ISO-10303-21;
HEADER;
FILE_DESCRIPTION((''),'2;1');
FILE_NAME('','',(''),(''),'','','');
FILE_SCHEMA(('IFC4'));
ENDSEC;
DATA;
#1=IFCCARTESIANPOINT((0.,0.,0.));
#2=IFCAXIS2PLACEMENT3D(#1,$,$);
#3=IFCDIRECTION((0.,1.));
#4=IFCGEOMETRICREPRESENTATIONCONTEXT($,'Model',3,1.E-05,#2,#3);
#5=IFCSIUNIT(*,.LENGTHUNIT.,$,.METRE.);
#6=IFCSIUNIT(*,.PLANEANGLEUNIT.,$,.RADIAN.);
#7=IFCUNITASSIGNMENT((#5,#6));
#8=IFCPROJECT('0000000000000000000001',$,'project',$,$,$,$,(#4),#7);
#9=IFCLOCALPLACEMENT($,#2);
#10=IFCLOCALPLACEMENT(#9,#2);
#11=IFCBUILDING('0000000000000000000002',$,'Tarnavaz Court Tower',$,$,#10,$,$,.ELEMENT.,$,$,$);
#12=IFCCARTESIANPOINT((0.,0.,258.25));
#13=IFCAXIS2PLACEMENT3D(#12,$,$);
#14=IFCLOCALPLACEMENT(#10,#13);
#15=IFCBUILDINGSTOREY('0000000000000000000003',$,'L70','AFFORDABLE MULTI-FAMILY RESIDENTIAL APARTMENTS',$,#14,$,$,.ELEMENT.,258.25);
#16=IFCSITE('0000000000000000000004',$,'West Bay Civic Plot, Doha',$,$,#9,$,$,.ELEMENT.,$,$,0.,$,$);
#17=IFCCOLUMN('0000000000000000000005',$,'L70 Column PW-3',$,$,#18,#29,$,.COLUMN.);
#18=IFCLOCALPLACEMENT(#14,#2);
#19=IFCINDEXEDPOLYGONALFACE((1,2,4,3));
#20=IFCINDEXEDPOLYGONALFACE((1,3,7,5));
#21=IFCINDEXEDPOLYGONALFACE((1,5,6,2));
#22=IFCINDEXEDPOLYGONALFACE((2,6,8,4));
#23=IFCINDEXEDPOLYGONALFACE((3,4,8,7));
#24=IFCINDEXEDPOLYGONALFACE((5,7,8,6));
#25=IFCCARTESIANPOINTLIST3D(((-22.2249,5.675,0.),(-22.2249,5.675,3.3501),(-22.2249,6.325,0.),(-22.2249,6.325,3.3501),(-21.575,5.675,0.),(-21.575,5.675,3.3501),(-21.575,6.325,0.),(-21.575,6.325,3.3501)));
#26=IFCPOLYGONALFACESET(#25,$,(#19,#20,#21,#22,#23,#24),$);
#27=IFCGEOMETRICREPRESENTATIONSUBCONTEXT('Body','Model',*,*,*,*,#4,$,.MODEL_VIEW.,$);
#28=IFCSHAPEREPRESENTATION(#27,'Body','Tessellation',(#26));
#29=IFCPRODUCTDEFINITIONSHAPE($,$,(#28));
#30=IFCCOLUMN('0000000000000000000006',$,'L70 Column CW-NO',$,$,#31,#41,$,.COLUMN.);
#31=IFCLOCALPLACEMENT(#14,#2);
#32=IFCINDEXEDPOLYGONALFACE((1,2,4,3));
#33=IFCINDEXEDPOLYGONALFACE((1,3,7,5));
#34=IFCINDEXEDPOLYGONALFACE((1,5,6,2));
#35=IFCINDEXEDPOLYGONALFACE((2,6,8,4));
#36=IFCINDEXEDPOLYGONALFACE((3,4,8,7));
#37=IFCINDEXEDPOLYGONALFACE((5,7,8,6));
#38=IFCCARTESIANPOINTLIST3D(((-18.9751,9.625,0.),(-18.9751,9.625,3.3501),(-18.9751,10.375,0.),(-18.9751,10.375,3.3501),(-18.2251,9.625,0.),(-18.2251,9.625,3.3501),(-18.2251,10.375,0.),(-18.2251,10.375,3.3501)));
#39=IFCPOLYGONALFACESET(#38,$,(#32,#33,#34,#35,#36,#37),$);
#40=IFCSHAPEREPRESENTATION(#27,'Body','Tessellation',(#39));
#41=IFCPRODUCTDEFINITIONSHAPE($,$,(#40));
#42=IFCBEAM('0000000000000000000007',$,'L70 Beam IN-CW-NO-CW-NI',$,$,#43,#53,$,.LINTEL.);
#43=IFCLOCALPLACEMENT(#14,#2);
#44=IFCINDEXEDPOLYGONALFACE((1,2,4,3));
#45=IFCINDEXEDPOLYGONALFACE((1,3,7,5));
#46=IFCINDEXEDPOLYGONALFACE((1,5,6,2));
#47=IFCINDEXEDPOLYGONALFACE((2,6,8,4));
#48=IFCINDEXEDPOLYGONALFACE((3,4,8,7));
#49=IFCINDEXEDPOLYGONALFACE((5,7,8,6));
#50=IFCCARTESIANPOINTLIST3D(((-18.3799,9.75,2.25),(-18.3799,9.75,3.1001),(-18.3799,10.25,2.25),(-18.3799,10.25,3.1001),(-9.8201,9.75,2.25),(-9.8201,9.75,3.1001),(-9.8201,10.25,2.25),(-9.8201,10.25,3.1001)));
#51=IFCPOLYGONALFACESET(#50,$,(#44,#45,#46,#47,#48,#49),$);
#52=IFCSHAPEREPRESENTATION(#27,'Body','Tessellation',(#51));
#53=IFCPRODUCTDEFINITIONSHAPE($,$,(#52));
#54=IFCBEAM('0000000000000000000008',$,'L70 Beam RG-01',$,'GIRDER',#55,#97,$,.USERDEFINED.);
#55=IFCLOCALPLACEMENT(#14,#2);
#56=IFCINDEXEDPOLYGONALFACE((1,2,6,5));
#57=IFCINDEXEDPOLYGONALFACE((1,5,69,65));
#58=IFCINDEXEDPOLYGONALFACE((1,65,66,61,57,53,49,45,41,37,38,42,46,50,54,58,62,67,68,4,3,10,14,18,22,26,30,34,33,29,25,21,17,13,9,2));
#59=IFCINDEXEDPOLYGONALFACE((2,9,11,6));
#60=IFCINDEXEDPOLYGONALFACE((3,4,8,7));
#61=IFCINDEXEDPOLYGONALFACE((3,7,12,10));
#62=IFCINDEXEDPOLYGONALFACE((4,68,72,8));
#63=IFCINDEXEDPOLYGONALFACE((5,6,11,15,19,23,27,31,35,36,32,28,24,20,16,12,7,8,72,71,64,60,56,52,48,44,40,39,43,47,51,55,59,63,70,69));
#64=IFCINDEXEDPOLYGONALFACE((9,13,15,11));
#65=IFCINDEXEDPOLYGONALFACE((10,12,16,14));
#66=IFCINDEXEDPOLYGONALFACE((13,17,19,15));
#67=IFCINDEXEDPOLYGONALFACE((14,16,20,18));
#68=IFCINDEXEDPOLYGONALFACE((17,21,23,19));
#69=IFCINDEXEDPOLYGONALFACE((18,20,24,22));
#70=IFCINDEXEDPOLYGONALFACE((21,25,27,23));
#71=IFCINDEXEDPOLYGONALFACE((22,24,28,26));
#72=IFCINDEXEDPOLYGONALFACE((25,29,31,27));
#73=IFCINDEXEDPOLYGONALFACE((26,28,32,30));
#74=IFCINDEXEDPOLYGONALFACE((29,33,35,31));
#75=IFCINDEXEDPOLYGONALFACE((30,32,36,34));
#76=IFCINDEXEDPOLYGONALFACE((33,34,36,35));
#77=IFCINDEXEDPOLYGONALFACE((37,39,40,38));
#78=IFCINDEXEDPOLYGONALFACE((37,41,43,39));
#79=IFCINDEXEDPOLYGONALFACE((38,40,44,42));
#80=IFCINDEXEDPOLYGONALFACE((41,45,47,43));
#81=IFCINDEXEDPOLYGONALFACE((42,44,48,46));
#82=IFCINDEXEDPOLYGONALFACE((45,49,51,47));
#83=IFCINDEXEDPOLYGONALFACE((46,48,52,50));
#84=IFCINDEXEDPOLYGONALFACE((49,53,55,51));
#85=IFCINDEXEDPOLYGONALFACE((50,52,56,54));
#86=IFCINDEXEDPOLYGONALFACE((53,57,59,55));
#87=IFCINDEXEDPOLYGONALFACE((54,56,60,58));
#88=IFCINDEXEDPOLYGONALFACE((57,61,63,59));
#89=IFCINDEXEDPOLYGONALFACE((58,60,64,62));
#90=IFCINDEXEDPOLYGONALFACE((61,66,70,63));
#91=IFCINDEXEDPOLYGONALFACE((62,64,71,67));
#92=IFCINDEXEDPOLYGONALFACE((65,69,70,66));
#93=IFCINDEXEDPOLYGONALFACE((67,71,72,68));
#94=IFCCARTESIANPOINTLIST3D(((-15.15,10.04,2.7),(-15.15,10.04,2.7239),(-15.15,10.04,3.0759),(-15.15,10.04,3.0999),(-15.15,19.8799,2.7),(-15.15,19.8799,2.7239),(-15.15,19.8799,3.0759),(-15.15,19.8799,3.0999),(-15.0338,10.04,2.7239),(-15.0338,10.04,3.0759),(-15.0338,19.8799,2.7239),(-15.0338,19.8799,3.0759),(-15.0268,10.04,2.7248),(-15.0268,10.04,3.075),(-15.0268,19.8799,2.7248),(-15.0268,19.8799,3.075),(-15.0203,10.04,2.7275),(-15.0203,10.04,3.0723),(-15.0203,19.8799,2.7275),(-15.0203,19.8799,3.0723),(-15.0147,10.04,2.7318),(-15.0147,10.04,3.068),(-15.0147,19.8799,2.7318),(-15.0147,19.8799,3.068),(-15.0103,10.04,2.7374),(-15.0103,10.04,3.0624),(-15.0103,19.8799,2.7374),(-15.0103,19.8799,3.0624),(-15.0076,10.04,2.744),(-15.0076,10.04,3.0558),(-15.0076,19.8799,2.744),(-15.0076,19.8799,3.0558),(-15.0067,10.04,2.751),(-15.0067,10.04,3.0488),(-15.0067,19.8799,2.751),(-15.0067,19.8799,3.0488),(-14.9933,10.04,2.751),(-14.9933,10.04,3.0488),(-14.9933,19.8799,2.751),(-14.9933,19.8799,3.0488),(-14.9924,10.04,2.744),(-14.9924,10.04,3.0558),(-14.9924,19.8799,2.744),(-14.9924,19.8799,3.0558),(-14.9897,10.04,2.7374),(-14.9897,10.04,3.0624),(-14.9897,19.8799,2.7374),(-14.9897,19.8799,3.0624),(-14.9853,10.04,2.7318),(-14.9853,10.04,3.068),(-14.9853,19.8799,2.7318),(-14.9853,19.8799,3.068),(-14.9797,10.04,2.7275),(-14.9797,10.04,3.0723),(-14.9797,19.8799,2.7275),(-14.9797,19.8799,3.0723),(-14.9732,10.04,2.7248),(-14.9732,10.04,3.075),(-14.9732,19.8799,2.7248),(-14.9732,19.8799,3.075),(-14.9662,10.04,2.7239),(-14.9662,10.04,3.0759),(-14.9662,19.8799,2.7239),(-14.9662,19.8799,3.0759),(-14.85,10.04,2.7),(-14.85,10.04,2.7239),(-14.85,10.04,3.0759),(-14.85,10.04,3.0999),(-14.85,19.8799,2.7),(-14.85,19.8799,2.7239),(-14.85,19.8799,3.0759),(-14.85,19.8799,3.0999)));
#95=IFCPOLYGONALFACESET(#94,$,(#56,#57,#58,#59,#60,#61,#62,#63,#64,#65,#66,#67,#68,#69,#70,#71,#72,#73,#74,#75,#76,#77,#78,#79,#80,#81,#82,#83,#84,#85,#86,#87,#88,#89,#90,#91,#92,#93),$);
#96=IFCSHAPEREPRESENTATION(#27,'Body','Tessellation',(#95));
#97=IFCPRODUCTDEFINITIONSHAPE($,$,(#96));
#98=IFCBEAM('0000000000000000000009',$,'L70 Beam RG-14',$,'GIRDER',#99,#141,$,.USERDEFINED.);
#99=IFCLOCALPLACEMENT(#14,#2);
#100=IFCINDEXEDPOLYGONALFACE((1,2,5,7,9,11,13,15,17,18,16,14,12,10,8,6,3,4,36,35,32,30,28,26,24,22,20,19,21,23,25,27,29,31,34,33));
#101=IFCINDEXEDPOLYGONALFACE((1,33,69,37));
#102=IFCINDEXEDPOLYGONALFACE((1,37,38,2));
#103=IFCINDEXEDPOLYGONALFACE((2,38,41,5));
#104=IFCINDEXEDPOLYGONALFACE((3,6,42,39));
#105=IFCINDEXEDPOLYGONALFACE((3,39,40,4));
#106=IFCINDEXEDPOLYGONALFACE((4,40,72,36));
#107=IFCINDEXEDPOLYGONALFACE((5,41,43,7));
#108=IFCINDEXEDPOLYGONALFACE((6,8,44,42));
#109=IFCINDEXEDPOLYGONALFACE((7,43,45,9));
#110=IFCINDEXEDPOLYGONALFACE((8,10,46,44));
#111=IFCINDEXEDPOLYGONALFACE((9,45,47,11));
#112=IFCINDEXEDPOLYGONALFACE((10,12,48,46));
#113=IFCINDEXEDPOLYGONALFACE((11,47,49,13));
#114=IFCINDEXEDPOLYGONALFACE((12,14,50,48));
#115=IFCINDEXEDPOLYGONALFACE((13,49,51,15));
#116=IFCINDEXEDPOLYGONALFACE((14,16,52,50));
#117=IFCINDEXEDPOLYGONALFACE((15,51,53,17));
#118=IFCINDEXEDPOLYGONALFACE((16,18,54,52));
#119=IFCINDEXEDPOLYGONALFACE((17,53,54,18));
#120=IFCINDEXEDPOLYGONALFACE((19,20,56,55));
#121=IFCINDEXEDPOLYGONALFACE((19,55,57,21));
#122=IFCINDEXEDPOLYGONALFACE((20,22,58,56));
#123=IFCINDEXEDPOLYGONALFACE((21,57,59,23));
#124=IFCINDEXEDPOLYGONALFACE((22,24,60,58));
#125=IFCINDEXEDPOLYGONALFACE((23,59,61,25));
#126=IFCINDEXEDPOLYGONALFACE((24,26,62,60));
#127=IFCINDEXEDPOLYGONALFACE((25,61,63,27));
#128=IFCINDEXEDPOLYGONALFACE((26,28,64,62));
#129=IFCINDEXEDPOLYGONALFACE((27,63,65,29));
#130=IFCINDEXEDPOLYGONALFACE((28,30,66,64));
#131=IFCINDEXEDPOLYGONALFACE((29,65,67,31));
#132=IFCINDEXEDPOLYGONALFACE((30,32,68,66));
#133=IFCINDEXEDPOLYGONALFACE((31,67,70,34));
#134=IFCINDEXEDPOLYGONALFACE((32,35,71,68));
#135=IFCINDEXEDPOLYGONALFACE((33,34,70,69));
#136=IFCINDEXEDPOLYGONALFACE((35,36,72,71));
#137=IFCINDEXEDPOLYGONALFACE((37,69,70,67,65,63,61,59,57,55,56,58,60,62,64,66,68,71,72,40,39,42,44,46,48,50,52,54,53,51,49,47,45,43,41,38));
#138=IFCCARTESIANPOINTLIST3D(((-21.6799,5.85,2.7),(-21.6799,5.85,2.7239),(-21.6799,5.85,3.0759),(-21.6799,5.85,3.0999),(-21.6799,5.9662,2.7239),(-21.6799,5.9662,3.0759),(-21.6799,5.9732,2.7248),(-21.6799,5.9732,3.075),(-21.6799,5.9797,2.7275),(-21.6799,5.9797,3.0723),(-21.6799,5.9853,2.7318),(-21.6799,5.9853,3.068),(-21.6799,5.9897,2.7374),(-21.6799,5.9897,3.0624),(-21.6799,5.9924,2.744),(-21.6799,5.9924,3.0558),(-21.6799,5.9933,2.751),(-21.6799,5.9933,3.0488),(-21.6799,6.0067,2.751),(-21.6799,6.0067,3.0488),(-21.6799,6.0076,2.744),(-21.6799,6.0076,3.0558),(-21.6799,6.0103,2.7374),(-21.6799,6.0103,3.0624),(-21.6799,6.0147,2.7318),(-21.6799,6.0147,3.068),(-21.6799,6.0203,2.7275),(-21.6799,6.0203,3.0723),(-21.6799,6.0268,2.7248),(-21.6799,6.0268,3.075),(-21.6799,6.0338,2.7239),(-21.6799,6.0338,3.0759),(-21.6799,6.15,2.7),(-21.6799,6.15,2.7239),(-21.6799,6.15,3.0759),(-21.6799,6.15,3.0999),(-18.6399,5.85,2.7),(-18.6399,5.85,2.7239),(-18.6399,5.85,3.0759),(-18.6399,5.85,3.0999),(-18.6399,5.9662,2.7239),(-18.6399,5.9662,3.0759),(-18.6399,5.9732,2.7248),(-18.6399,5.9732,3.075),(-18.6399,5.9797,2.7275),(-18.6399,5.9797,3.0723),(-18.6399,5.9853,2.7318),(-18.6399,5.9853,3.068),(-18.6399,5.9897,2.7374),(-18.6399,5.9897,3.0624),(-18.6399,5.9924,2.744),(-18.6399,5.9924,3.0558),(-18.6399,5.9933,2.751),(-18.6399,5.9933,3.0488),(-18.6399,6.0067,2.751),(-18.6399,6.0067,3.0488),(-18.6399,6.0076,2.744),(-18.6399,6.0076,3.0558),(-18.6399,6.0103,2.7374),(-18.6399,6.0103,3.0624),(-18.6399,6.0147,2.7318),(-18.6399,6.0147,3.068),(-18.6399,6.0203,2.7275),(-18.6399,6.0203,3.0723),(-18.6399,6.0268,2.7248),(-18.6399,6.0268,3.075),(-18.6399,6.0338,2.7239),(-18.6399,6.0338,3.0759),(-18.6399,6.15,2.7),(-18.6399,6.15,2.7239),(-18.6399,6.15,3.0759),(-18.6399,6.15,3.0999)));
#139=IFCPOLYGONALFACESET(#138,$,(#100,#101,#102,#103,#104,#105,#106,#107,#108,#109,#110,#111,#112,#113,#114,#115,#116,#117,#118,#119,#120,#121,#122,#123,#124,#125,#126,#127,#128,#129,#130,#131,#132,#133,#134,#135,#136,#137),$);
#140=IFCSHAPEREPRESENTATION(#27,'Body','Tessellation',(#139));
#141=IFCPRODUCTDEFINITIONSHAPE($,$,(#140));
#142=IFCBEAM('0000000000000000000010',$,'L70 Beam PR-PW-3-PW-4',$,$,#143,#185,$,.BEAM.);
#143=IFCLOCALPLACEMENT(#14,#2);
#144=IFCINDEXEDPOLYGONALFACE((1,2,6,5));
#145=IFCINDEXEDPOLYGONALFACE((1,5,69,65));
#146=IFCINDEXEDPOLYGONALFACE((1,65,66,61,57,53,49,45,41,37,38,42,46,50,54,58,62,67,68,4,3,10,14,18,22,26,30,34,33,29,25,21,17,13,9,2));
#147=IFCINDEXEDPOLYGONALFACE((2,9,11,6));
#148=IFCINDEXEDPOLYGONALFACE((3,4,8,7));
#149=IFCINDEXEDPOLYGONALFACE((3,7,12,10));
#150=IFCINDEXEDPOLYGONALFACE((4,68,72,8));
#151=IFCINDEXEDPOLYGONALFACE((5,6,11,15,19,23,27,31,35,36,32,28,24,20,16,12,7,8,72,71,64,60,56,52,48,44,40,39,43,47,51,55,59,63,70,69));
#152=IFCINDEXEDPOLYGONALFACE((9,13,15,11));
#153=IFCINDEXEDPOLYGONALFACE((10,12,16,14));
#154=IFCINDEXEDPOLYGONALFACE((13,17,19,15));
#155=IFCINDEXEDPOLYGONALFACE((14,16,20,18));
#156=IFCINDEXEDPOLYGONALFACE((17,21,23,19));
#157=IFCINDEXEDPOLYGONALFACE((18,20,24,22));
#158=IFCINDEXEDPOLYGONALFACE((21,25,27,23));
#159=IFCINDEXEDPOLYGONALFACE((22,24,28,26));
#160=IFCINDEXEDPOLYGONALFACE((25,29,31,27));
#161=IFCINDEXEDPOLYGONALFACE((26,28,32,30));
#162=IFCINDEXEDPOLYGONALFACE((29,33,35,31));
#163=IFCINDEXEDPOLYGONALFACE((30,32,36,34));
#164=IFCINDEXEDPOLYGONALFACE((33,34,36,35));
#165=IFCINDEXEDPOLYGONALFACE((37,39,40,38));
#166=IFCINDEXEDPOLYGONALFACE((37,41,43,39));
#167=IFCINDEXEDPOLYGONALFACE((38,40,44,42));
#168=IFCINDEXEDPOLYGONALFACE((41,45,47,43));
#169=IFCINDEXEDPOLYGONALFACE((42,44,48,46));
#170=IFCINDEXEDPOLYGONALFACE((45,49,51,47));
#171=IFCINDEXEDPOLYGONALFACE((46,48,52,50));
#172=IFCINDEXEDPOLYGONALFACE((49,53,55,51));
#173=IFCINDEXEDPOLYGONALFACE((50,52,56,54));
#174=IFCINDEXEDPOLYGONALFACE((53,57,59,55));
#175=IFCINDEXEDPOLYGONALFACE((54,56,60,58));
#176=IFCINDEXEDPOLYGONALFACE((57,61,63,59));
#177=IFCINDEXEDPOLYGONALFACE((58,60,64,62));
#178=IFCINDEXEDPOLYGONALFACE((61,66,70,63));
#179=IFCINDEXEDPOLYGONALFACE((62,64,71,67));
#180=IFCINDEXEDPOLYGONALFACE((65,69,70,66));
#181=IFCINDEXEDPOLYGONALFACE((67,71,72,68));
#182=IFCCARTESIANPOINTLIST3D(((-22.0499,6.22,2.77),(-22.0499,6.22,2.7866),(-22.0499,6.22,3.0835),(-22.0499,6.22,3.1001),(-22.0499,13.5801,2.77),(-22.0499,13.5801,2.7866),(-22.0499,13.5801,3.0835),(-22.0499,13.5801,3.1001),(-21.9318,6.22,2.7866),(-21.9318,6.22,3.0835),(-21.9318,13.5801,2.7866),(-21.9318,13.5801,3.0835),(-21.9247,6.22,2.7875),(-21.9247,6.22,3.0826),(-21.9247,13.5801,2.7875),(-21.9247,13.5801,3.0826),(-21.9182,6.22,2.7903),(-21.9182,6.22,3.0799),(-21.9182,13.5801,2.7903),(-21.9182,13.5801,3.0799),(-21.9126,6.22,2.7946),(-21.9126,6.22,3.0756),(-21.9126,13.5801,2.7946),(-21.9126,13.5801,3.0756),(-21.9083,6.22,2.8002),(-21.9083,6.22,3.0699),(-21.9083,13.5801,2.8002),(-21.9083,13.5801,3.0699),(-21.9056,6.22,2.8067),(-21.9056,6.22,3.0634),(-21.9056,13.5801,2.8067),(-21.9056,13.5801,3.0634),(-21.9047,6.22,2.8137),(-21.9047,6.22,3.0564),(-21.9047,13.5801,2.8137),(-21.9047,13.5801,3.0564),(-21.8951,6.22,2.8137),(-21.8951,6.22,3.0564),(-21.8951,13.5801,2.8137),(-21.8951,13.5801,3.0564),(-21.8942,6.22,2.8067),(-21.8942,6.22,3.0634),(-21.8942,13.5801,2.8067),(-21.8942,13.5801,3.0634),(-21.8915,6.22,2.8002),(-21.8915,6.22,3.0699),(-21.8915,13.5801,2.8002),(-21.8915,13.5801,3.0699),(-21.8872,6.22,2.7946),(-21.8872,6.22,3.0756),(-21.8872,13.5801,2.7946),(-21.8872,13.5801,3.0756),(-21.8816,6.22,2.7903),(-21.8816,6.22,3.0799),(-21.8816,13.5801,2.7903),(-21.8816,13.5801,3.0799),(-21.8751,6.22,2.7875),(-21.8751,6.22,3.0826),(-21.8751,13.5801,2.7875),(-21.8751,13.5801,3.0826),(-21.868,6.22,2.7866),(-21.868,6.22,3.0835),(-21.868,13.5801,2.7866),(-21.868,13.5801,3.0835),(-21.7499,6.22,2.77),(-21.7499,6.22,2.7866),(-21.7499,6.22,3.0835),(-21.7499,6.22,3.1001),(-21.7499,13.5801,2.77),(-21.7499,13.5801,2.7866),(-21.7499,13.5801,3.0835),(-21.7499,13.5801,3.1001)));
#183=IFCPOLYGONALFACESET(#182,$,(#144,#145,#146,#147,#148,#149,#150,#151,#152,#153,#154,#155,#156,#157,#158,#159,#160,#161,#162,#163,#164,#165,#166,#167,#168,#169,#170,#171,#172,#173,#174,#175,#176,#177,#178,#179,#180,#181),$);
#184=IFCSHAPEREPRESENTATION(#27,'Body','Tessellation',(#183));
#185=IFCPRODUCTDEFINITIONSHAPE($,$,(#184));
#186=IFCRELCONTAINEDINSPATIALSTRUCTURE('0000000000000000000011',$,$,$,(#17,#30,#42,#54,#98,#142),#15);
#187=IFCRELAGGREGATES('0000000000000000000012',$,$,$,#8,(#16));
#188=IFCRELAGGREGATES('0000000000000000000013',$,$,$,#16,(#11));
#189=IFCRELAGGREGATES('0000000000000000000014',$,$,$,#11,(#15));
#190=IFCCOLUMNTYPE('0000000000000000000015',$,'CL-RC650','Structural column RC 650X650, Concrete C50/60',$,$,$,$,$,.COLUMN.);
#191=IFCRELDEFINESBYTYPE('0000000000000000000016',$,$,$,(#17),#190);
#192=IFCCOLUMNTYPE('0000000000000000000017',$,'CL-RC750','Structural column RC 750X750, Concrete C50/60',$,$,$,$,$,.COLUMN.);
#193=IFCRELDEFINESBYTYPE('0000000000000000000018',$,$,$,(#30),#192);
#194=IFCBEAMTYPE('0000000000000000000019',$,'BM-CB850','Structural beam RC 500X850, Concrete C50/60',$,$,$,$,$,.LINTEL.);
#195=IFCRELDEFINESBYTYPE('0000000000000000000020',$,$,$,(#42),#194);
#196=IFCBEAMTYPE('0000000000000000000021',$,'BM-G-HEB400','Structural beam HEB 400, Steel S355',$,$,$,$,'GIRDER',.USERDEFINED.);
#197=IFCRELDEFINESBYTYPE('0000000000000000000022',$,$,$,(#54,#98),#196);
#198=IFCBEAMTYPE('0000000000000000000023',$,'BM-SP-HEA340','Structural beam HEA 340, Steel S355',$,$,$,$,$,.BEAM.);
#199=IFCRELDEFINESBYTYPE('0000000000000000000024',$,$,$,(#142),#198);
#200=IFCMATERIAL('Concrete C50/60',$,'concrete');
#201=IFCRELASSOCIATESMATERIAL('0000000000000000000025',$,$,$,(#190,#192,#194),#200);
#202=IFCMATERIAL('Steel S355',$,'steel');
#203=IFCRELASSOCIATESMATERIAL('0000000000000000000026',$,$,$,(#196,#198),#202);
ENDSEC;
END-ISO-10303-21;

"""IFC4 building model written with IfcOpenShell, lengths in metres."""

from ifc_helpers import new_model, si_unit, direction, frame, origin, origin_2d, place, context, subcontext, project, spatial, rectangle, i_section, extrude, material, material_profile, profile_set, type_object, element, save


model = new_model("IFC4")

# Units and contexts
model_context = context("Model", 3, precision=1e-05, world=origin(), true_north=direction((0.0, 1.0)))
body_context = subcontext(model_context, "Body", "Model", "MODEL_VIEW")
ifc_project = project(units=[si_unit("LENGTHUNIT", "METRE"), si_unit("PLANEANGLEUNIT", "RADIAN")], contexts=[model_context])

# Site, building, storey
site_placement = place(None, origin())
site = spatial("IfcSite", under=ifc_project, at=site_placement, Name="West Bay Civic Plot, Doha", CompositionType="ELEMENT", RefElevation=0.0)
building_placement = place(site_placement, origin())
building = spatial("IfcBuilding", under=site, at=building_placement, Name="Tarnavaz Court Tower", CompositionType="ELEMENT")
storey_placement = place(building_placement, frame((0.0, 0.0, 258.25)))
storey = spatial("IfcBuildingStorey", under=building, at=storey_placement, Name="L70", Description="AFFORDABLE MULTI-FAMILY RESIDENTIAL APARTMENTS", CompositionType="ELEMENT", Elevation=258.25)

# Columns
ifc_material_1 = material(Name="Concrete C50/60", Category="concrete")
ifc_material_profile_1 = material_profile(ifc_material_1, rectangle(XDim=0.6499, YDim=0.6499, at=origin_2d()), Name="RC 650X650")
ifc_profile_set_1 = profile_set([ifc_material_profile_1], Name="Concrete C50/60")
column_type_1 = type_object("IfcColumnType", Name="CL-RC650", Description="Structural column RC 650X650, Concrete C50/60", PredefinedType="COLUMN", material=ifc_profile_set_1)
column_1_placement = place(storey_placement, frame((-21.8999, 6.0, 0.0), z_axis=(0.0, 0.0, 1.0), x_axis=(1.0, 0.0, 0.0)))
element("IfcColumn", 1, at=column_1_placement, inside=storey, type_object=column_type_1, Name="L70 Column PW-3", PredefinedType="COLUMN", context=body_context, shape_type="SweptSolid", body=[
    extrude(rectangle(XDim=0.6499, YDim=0.6499, at=origin_2d()), origin(), (0.0, 0.0, 1.0), 3.3501),
])
ifc_material_profile_2 = material_profile(ifc_material_1, rectangle(XDim=0.75, YDim=0.75, at=origin_2d()), Name="RC 750X750")
ifc_profile_set_2 = profile_set([ifc_material_profile_2], Name="Concrete C50/60")
column_type_2 = type_object("IfcColumnType", Name="CL-RC750", Description="Structural column RC 750X750, Concrete C50/60", PredefinedType="COLUMN", material=ifc_profile_set_2)
column_2_placement = place(storey_placement, frame((-18.6001, 10.0, 0.0), z_axis=(0.0, 0.0, 1.0), x_axis=(1.0, 0.0, 0.0)))
element("IfcColumn", 2, at=column_2_placement, inside=storey, type_object=column_type_2, Name="L70 Column CW-NO", PredefinedType="COLUMN", context=body_context, shape_type="SweptSolid", body=[
    extrude(rectangle(XDim=0.75, YDim=0.75, at=origin_2d()), origin(), (0.0, 0.0, 1.0), 3.3501),
])

# Beams
ifc_material_profile_3 = material_profile(ifc_material_1, rectangle(XDim=0.5, YDim=0.8501, at=origin_2d()), Name="RC 500X850")
ifc_profile_set_3 = profile_set([ifc_material_profile_3], Name="Concrete C50/60")
beam_type_1 = type_object("IfcBeamType", Name="BM-CB850", Description="Structural beam RC 500X850, Concrete C50/60", PredefinedType="LINTEL", material=ifc_profile_set_3)
beam_1_placement = place(storey_placement, frame((-18.3799, 10.0, 2.675), z_axis=(1.0, 0.0, 0.0), x_axis=(0.0, 1.0, 0.0)))
element("IfcBeam", 3, at=beam_1_placement, inside=storey, type_object=beam_type_1, Name="L70 Beam IN-CW-NO-CW-NI", PredefinedType="LINTEL", context=body_context, shape_type="SweptSolid", body=[
    extrude(rectangle(XDim=0.5, YDim=0.8501, at=origin_2d()), origin(), (0.0, 0.0, 1.0), 8.5598),
])
ifc_material_2 = material(Name="Steel S355", Category="steel")
ifc_material_profile_4 = material_profile(ifc_material_2, i_section(OverallWidth=0.3, OverallDepth=0.3999, WebThickness=0.0134, FlangeThickness=0.0239, FilletRadius=0.0271, at=origin_2d()), Name="HEB 400")
ifc_profile_set_4 = profile_set([ifc_material_profile_4], Name="Steel S355")
beam_type_2 = type_object("IfcBeamType", Name="BM-G-HEB400", Description="Structural beam HEB 400, Steel S355", ElementType="GIRDER", PredefinedType="USERDEFINED", material=ifc_profile_set_4)
beam_2_placement = place(storey_placement, frame((-15.0, 10.04, 2.8999), z_axis=(0.0, 1.0, 0.0), x_axis=(-1.0, 0.0, 0.0)))
element("IfcBeam", 4, at=beam_2_placement, inside=storey, type_object=beam_type_2, Name="L70 Beam RG-01", ObjectType="GIRDER", PredefinedType="USERDEFINED", context=body_context, shape_type="SweptSolid", body=[
    extrude(i_section(OverallWidth=0.3, OverallDepth=0.3999, WebThickness=0.0134, FlangeThickness=0.0239, FilletRadius=0.0271, at=origin_2d()), origin(), (0.0, 0.0, 1.0), 9.8398),
])
beam_3_placement = place(storey_placement, frame((-18.6399, 6.0, 2.8999), z_axis=(-1.0, 0.0, 0.0), x_axis=(0.0, -1.0, 0.0)))
element("IfcBeam", 5, at=beam_3_placement, inside=storey, type_object=beam_type_2, Name="L70 Beam RG-14", ObjectType="GIRDER", PredefinedType="USERDEFINED", context=body_context, shape_type="SweptSolid", body=[
    extrude(i_section(OverallWidth=0.3, OverallDepth=0.3999, WebThickness=0.0134, FlangeThickness=0.0239, FilletRadius=0.0271, at=origin_2d()), origin(), (0.0, 0.0, 1.0), 3.04),
])
ifc_material_profile_5 = material_profile(ifc_material_2, i_section(OverallWidth=0.3, OverallDepth=0.3301, WebThickness=0.0095, FlangeThickness=0.0166, FilletRadius=0.0271, at=origin_2d()), Name="HEA 340")
ifc_profile_set_5 = profile_set([ifc_material_profile_5], Name="Steel S355")
beam_type_3 = type_object("IfcBeamType", Name="BM-SP-HEA340", Description="Structural beam HEA 340, Steel S355", PredefinedType="BEAM", material=ifc_profile_set_5)
beam_4_placement = place(storey_placement, frame((-21.8999, 6.22, 2.9351), z_axis=(0.0, 1.0, 0.0), x_axis=(-1.0, 0.0, 0.0)))
element("IfcBeam", 6, at=beam_4_placement, inside=storey, type_object=beam_type_3, Name="L70 Beam PR-PW-3-PW-4", PredefinedType="BEAM", context=body_context, shape_type="SweptSolid", body=[
    extrude(i_section(OverallWidth=0.3, OverallDepth=0.3301, WebThickness=0.0095, FlangeThickness=0.0166, FilletRadius=0.0271, at=origin_2d()), origin(), (0.0, 0.0, 1.0), 7.3601),
])

save(model, "model.ifc")
